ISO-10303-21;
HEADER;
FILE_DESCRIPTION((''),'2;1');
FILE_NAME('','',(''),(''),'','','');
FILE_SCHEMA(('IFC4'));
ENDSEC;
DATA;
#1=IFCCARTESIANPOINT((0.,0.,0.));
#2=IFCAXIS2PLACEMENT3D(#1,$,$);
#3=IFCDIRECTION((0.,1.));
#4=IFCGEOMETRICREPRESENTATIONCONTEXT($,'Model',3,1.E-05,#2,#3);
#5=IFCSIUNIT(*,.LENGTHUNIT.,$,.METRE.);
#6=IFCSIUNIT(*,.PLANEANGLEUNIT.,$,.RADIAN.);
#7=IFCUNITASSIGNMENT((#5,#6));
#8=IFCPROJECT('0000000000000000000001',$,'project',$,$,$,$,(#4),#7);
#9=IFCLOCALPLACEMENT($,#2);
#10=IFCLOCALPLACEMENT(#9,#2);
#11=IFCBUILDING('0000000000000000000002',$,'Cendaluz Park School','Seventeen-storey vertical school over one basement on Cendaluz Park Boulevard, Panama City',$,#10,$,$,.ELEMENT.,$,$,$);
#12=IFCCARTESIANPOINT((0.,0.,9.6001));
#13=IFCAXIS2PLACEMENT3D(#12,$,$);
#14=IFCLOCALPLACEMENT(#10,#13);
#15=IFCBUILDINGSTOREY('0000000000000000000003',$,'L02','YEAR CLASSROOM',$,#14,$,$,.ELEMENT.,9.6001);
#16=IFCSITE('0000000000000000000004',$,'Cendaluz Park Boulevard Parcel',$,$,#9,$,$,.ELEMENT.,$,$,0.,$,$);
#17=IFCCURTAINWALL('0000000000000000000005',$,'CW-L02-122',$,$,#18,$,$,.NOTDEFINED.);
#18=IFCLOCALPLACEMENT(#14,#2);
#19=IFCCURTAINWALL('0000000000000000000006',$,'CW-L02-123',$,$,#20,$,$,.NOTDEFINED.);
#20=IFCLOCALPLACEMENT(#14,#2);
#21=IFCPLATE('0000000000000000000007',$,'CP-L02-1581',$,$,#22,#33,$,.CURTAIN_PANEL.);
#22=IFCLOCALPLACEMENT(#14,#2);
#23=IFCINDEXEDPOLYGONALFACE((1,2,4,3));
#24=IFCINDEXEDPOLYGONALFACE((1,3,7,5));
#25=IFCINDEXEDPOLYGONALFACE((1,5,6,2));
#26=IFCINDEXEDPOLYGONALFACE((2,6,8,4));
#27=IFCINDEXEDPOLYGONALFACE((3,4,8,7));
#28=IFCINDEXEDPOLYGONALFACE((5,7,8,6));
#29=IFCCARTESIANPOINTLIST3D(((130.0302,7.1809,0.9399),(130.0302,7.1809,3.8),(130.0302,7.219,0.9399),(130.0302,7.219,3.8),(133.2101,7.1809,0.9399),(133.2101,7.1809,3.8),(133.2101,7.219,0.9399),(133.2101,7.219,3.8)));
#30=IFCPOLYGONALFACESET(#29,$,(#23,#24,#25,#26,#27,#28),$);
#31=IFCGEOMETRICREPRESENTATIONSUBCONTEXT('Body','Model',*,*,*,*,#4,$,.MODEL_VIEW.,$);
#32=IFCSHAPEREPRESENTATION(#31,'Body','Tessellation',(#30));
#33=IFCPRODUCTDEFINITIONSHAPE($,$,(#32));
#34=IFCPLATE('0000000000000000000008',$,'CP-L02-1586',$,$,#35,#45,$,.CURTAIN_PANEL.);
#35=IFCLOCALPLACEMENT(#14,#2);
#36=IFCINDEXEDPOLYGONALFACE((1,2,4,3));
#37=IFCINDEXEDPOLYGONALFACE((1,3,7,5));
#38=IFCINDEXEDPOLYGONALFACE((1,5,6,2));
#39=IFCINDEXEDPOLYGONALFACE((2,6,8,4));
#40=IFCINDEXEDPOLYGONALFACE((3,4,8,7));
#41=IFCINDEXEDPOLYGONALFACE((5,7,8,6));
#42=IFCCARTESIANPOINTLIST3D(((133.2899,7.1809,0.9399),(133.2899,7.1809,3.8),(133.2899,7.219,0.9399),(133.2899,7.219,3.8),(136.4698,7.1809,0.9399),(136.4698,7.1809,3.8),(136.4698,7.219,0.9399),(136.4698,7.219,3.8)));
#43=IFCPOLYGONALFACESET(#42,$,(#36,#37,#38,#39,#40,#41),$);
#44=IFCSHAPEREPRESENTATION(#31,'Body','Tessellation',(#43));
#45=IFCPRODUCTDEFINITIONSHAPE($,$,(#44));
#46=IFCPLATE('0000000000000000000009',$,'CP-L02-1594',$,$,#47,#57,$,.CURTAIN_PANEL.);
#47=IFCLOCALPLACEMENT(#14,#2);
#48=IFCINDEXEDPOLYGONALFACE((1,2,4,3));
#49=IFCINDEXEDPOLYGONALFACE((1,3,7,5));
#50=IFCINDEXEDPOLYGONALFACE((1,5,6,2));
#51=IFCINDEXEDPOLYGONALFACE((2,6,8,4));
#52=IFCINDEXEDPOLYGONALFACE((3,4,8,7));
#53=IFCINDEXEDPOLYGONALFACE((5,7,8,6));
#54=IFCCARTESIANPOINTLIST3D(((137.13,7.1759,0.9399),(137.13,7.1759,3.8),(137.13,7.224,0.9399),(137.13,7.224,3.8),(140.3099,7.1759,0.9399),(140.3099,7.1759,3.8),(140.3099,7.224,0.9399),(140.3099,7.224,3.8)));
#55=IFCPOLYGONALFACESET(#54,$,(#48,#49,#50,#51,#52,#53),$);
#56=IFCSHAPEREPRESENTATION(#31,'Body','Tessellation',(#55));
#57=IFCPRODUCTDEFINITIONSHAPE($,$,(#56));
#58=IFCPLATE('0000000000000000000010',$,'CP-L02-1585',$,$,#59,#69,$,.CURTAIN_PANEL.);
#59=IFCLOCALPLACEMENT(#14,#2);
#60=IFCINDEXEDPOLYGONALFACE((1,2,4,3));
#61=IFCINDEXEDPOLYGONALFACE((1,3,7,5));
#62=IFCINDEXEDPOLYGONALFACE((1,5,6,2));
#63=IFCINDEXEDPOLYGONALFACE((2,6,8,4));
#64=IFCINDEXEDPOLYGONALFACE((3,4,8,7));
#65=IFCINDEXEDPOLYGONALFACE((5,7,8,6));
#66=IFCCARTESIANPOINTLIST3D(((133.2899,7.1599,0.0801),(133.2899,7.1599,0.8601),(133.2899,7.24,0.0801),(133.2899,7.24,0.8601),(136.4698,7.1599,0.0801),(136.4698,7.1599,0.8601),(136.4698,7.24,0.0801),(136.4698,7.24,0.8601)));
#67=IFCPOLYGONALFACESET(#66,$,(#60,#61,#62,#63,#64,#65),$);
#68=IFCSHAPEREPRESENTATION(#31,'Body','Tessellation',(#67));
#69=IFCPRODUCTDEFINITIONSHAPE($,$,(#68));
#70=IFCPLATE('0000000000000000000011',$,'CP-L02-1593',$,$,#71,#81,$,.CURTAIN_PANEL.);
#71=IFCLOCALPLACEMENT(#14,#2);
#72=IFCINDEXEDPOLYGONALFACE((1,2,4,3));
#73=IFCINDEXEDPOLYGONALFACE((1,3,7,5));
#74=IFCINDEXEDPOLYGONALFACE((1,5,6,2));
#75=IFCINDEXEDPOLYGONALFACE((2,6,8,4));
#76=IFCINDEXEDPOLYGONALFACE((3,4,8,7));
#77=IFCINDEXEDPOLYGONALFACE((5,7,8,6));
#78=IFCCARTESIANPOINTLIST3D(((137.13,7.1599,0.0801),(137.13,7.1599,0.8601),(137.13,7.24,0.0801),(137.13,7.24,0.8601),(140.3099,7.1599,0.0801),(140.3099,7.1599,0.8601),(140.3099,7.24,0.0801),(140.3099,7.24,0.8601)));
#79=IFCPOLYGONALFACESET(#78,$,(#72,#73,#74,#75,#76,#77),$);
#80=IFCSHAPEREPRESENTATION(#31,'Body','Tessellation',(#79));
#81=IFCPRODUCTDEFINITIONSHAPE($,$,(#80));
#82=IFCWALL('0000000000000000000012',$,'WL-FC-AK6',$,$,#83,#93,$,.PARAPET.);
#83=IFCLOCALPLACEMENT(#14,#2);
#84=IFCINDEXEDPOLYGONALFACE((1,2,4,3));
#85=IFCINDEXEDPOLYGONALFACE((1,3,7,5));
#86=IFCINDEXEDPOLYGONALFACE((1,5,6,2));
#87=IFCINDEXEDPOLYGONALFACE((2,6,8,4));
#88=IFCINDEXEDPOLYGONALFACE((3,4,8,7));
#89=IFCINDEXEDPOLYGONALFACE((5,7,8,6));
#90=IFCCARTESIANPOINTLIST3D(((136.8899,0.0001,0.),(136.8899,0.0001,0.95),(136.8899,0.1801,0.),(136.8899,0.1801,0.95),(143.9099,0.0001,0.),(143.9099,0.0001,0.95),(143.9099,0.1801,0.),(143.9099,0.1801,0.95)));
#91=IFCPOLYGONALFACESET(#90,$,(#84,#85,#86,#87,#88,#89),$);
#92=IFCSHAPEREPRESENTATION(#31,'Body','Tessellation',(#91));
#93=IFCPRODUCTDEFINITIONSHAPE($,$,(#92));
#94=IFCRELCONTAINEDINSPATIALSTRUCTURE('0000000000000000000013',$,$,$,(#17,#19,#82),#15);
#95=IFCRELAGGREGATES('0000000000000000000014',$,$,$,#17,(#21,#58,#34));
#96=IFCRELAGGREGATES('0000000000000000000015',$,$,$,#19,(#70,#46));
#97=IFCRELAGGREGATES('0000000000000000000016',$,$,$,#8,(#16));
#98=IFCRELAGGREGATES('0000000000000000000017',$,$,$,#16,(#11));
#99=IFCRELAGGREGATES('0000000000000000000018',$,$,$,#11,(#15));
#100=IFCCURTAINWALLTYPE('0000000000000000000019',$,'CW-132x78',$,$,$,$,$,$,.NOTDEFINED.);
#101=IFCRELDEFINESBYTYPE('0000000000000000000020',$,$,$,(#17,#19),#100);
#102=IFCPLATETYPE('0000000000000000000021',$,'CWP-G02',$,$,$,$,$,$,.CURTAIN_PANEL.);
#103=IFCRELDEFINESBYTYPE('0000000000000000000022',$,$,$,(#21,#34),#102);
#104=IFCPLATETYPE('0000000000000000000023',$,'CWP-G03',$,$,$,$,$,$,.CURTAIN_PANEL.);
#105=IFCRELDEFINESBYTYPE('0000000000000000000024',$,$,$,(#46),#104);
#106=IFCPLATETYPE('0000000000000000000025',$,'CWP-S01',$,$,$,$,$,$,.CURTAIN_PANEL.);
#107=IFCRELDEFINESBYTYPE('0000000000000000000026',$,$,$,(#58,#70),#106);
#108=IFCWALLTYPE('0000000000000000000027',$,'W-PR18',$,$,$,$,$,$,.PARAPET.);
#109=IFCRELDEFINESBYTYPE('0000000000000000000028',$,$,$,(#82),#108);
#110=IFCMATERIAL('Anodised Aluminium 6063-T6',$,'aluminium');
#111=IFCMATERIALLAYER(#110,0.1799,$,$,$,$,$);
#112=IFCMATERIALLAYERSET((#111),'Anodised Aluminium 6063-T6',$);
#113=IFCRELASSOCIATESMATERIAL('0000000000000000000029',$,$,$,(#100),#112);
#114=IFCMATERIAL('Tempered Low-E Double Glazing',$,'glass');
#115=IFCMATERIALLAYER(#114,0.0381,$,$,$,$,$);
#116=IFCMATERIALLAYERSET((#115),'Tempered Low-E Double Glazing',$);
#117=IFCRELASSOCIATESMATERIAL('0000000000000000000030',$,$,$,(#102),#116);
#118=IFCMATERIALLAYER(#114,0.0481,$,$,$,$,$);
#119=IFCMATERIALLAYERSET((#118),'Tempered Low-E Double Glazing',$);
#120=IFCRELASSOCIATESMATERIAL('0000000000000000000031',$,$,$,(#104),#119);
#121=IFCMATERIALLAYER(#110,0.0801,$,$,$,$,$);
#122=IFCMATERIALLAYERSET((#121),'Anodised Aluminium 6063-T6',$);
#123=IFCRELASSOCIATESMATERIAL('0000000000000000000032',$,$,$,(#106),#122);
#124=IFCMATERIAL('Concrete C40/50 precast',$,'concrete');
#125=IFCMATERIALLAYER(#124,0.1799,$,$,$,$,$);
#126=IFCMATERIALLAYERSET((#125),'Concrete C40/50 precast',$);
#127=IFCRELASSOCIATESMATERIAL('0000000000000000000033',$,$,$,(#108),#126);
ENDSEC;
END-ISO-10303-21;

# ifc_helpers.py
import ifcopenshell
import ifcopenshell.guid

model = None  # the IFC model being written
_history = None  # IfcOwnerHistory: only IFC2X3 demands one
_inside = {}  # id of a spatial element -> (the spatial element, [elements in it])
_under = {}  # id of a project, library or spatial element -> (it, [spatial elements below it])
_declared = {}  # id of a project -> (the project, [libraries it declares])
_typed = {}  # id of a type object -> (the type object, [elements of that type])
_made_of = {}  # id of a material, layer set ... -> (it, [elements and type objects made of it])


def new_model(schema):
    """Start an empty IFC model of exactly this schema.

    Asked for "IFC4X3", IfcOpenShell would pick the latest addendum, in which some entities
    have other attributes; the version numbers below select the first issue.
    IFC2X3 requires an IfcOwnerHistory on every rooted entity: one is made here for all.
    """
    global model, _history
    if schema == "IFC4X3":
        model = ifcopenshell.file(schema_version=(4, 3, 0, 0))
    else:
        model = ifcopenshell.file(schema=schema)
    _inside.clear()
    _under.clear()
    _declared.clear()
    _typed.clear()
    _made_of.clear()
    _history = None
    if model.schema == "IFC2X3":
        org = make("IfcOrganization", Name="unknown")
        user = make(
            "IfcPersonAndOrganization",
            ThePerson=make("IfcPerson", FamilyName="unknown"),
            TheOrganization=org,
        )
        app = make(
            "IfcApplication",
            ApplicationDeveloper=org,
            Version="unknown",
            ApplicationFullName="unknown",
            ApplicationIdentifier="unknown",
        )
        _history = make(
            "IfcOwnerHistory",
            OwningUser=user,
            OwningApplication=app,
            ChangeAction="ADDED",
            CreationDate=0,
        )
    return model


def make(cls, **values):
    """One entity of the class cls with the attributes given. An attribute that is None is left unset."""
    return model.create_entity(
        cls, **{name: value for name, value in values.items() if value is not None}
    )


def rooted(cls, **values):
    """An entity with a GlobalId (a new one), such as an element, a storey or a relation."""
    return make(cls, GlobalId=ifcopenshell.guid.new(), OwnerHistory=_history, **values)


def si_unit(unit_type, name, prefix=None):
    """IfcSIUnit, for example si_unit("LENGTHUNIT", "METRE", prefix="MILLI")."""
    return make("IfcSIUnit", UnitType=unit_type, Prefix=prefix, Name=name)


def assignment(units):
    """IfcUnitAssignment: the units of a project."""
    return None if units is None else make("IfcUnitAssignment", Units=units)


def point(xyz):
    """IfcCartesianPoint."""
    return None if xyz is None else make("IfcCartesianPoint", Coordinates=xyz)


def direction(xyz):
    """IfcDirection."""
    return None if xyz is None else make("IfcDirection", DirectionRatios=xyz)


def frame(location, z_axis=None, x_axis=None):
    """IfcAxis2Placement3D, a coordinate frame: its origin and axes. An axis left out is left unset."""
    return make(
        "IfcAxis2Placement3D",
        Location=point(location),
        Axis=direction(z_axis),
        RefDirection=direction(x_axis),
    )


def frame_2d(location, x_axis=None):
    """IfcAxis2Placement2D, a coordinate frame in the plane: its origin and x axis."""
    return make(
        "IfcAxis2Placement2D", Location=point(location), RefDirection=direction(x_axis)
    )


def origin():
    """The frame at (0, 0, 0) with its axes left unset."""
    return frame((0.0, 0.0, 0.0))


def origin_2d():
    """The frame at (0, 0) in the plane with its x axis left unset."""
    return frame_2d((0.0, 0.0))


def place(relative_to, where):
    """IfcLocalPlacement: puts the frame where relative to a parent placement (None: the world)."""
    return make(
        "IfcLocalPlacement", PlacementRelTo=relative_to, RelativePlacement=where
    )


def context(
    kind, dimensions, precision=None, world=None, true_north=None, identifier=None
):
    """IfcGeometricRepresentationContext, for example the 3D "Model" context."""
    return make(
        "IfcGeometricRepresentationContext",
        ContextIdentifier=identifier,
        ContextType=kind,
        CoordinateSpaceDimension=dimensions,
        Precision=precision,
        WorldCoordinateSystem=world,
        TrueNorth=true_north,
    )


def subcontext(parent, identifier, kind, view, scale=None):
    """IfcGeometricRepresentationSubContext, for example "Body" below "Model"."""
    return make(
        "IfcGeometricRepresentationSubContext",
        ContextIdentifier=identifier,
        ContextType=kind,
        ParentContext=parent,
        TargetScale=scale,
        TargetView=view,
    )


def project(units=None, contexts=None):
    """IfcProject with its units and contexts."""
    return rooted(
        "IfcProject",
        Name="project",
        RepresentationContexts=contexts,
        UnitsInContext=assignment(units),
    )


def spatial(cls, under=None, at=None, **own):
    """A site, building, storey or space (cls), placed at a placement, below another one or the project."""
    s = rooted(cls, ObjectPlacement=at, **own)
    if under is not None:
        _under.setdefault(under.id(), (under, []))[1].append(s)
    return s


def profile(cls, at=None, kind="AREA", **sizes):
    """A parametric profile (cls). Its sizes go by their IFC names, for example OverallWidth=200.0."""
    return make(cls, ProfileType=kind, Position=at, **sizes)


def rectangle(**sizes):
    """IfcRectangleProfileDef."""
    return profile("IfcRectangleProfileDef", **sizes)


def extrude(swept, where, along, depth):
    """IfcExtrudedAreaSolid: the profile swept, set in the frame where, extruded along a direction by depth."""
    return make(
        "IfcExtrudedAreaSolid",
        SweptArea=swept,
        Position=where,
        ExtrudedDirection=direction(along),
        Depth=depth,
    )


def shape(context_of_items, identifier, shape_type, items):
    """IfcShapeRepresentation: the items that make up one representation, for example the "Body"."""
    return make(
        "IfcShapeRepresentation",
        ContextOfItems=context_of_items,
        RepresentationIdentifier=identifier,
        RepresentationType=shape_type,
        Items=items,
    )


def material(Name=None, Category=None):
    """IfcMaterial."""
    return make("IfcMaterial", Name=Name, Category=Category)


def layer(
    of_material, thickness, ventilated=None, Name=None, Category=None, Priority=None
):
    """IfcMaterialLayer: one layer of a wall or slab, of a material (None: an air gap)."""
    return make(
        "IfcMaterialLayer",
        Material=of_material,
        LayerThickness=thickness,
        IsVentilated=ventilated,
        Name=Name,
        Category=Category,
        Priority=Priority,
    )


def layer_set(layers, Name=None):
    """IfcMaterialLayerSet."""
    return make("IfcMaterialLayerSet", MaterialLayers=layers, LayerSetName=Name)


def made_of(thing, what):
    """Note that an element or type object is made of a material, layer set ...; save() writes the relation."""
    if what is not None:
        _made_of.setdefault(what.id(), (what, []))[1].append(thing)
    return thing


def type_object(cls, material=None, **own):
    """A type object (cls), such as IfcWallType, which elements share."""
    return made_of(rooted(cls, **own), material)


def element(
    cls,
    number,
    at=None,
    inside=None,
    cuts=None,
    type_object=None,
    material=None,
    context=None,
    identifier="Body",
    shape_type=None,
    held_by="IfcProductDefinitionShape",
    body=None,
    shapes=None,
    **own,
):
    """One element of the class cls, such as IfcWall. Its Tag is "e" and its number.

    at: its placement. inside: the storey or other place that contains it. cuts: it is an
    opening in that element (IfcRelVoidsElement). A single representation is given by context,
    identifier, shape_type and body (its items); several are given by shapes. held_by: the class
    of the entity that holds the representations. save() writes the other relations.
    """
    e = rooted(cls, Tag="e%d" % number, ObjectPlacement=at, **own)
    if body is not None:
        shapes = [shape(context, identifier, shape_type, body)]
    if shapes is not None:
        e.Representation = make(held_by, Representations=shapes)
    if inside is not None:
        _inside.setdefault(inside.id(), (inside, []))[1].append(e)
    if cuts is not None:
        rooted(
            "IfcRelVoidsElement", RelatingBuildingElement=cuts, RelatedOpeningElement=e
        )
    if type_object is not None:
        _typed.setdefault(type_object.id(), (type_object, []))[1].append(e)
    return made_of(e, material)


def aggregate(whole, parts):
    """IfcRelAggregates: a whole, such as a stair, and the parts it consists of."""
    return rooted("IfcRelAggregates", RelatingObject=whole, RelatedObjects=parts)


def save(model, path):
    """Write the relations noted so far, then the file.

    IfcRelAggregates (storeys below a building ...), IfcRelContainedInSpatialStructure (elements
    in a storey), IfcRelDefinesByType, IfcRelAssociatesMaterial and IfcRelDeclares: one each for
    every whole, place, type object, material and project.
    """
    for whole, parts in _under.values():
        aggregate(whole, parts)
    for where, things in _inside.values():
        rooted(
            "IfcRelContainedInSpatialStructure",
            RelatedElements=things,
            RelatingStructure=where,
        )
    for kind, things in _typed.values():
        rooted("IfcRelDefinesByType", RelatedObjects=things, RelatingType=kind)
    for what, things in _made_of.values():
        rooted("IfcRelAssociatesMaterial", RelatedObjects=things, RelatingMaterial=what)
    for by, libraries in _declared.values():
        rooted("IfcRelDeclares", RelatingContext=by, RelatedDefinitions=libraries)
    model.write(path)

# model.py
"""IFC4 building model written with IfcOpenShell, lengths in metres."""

from ifc_helpers import new_model, si_unit, direction, frame, frame_2d, origin, origin_2d, place, context, subcontext, project, spatial, rectangle, extrude, material, layer, layer_set, type_object, element, aggregate, save


model = new_model("IFC4")

# Units and contexts
model_context = context("Model", 3, precision=1e-05, world=origin(), true_north=direction((0.0, 1.0)))
body_context = subcontext(model_context, "Body", "Model", "MODEL_VIEW")
ifc_project = project(units=[si_unit("LENGTHUNIT", "METRE"), si_unit("PLANEANGLEUNIT", "RADIAN")], contexts=[model_context])

# Site, building, storey
site_placement = place(None, origin())
site = spatial("IfcSite", under=ifc_project, at=site_placement, Name="Cendaluz Park Boulevard Parcel", CompositionType="ELEMENT", RefElevation=0.0)
building_placement = place(site_placement, origin())
building = spatial("IfcBuilding", under=site, at=building_placement, Name="Cendaluz Park School", Description="Seventeen-storey vertical school over one basement on Cendaluz Park Boulevard, Panama City", CompositionType="ELEMENT")
storey_placement = place(building_placement, frame((0.0, 0.0, 9.6001)))
storey = spatial("IfcBuildingStorey", under=building, at=storey_placement, Name="L02", Description="YEAR CLASSROOM", CompositionType="ELEMENT", Elevation=9.6001)

# Curtain walls
ifc_material_1 = material(Name="Anodised Aluminium 6063-T6", Category="aluminium")
ifc_layer_1 = layer(ifc_material_1, 0.1799)
ifc_layer_set_1 = layer_set([ifc_layer_1], Name="Anodised Aluminium 6063-T6")
curtain_wall_type = type_object("IfcCurtainWallType", Name="CW-132x78", PredefinedType="NOTDEFINED", material=ifc_layer_set_1)
curtain_wall_1_placement = place(storey_placement, origin())
curtain_wall_1 = element("IfcCurtainWall", 1, at=curtain_wall_1_placement, inside=storey, type_object=curtain_wall_type, Name="CW-L02-122", PredefinedType="NOTDEFINED")
curtain_wall_2_placement = place(storey_placement, origin())
curtain_wall_2 = element("IfcCurtainWall", 2, at=curtain_wall_2_placement, inside=storey, type_object=curtain_wall_type, Name="CW-L02-123", PredefinedType="NOTDEFINED")

# Plates
ifc_material_2 = material(Name="Tempered Low-E Double Glazing", Category="glass")
ifc_layer_2 = layer(ifc_material_2, 0.0381)
ifc_layer_set_2 = layer_set([ifc_layer_2], Name="Tempered Low-E Double Glazing")
plate_type_1 = type_object("IfcPlateType", Name="CWP-G02", PredefinedType="CURTAIN_PANEL", material=ifc_layer_set_2)
plate_1_placement = place(storey_placement, frame((131.6201, 7.2, 0.9399), z_axis=(0.0, 0.0, 1.0), x_axis=(1.0, 0.0, 0.0)))
plate_1 = element("IfcPlate", 3, at=plate_1_placement, type_object=plate_type_1, Name="CP-L02-1581", PredefinedType="CURTAIN_PANEL", context=body_context, shape_type="SweptSolid", body=[
    extrude(rectangle(XDim=3.1799, YDim=0.0381, at=origin_2d()), origin(), (0.0, 0.0, 1.0), 2.8601),
])
plate_2_placement = place(storey_placement, frame((134.8799, 7.2, 0.9399), z_axis=(0.0, 0.0, 1.0), x_axis=(1.0, 0.0, 0.0)))
plate_2 = element("IfcPlate", 4, at=plate_2_placement, type_object=plate_type_1, Name="CP-L02-1586", PredefinedType="CURTAIN_PANEL", context=body_context, shape_type="SweptSolid", body=[
    extrude(rectangle(XDim=3.1799, YDim=0.0381, at=origin_2d()), origin(), (0.0, 0.0, 1.0), 2.8601),
])
ifc_layer_3 = layer(ifc_material_2, 0.0481)
ifc_layer_set_3 = layer_set([ifc_layer_3], Name="Tempered Low-E Double Glazing")
plate_type_2 = type_object("IfcPlateType", Name="CWP-G03", PredefinedType="CURTAIN_PANEL", material=ifc_layer_set_3)
plate_3_placement = place(storey_placement, frame((138.72, 7.2, 0.9399), z_axis=(0.0, 0.0, 1.0), x_axis=(1.0, 0.0, 0.0)))
plate_3 = element("IfcPlate", 5, at=plate_3_placement, type_object=plate_type_2, Name="CP-L02-1594", PredefinedType="CURTAIN_PANEL", context=body_context, shape_type="SweptSolid", body=[
    extrude(rectangle(XDim=3.1799, YDim=0.0481, at=origin_2d()), origin(), (0.0, 0.0, 1.0), 2.8601),
])
ifc_layer_4 = layer(ifc_material_1, 0.0801)
ifc_layer_set_4 = layer_set([ifc_layer_4], Name="Anodised Aluminium 6063-T6")
plate_type_3 = type_object("IfcPlateType", Name="CWP-S01", PredefinedType="CURTAIN_PANEL", material=ifc_layer_set_4)
plate_4_placement = place(storey_placement, frame((134.8799, 7.2, 0.0801), z_axis=(0.0, 0.0, 1.0), x_axis=(1.0, 0.0, 0.0)))
plate_4 = element("IfcPlate", 6, at=plate_4_placement, type_object=plate_type_3, Name="CP-L02-1585", PredefinedType="CURTAIN_PANEL", context=body_context, shape_type="SweptSolid", body=[
    extrude(rectangle(XDim=3.1799, YDim=0.0801, at=origin_2d()), origin(), (0.0, 0.0, 1.0), 0.78),
])
aggregate(curtain_wall_1, [plate_1, plate_4, plate_2])
plate_5_placement = place(storey_placement, frame((138.72, 7.2, 0.0801), z_axis=(0.0, 0.0, 1.0), x_axis=(1.0, 0.0, 0.0)))
plate_5 = element("IfcPlate", 7, at=plate_5_placement, type_object=plate_type_3, Name="CP-L02-1593", PredefinedType="CURTAIN_PANEL", context=body_context, shape_type="SweptSolid", body=[
    extrude(rectangle(XDim=3.1799, YDim=0.0801, at=origin_2d()), origin(), (0.0, 0.0, 1.0), 0.78),
])
aggregate(curtain_wall_2, [plate_5, plate_3])

# Wall
ifc_material_3 = material(Name="Concrete C40/50 precast", Category="concrete")
ifc_layer_5 = layer(ifc_material_3, 0.1799)
ifc_layer_set_5 = layer_set([ifc_layer_5], Name="Concrete C40/50 precast")
wall_type = type_object("IfcWallType", Name="W-PR18", PredefinedType="PARAPET", material=ifc_layer_set_5)
wall_placement = place(storey_placement, frame((136.8899, 0.0901, 0.0), z_axis=(0.0, 0.0, 1.0), x_axis=(1.0, 0.0, 0.0)))
element("IfcWall", 8, at=wall_placement, inside=storey, type_object=wall_type, Name="WL-FC-AK6", PredefinedType="PARAPET", context=body_context, shape_type="SweptSolid", body=[
    extrude(rectangle(XDim=7.02, YDim=0.1799, at=frame_2d((3.51, 0.0))), origin(), (0.0, 0.0, 1.0), 0.95),
])

save(model, "model.ifc")
